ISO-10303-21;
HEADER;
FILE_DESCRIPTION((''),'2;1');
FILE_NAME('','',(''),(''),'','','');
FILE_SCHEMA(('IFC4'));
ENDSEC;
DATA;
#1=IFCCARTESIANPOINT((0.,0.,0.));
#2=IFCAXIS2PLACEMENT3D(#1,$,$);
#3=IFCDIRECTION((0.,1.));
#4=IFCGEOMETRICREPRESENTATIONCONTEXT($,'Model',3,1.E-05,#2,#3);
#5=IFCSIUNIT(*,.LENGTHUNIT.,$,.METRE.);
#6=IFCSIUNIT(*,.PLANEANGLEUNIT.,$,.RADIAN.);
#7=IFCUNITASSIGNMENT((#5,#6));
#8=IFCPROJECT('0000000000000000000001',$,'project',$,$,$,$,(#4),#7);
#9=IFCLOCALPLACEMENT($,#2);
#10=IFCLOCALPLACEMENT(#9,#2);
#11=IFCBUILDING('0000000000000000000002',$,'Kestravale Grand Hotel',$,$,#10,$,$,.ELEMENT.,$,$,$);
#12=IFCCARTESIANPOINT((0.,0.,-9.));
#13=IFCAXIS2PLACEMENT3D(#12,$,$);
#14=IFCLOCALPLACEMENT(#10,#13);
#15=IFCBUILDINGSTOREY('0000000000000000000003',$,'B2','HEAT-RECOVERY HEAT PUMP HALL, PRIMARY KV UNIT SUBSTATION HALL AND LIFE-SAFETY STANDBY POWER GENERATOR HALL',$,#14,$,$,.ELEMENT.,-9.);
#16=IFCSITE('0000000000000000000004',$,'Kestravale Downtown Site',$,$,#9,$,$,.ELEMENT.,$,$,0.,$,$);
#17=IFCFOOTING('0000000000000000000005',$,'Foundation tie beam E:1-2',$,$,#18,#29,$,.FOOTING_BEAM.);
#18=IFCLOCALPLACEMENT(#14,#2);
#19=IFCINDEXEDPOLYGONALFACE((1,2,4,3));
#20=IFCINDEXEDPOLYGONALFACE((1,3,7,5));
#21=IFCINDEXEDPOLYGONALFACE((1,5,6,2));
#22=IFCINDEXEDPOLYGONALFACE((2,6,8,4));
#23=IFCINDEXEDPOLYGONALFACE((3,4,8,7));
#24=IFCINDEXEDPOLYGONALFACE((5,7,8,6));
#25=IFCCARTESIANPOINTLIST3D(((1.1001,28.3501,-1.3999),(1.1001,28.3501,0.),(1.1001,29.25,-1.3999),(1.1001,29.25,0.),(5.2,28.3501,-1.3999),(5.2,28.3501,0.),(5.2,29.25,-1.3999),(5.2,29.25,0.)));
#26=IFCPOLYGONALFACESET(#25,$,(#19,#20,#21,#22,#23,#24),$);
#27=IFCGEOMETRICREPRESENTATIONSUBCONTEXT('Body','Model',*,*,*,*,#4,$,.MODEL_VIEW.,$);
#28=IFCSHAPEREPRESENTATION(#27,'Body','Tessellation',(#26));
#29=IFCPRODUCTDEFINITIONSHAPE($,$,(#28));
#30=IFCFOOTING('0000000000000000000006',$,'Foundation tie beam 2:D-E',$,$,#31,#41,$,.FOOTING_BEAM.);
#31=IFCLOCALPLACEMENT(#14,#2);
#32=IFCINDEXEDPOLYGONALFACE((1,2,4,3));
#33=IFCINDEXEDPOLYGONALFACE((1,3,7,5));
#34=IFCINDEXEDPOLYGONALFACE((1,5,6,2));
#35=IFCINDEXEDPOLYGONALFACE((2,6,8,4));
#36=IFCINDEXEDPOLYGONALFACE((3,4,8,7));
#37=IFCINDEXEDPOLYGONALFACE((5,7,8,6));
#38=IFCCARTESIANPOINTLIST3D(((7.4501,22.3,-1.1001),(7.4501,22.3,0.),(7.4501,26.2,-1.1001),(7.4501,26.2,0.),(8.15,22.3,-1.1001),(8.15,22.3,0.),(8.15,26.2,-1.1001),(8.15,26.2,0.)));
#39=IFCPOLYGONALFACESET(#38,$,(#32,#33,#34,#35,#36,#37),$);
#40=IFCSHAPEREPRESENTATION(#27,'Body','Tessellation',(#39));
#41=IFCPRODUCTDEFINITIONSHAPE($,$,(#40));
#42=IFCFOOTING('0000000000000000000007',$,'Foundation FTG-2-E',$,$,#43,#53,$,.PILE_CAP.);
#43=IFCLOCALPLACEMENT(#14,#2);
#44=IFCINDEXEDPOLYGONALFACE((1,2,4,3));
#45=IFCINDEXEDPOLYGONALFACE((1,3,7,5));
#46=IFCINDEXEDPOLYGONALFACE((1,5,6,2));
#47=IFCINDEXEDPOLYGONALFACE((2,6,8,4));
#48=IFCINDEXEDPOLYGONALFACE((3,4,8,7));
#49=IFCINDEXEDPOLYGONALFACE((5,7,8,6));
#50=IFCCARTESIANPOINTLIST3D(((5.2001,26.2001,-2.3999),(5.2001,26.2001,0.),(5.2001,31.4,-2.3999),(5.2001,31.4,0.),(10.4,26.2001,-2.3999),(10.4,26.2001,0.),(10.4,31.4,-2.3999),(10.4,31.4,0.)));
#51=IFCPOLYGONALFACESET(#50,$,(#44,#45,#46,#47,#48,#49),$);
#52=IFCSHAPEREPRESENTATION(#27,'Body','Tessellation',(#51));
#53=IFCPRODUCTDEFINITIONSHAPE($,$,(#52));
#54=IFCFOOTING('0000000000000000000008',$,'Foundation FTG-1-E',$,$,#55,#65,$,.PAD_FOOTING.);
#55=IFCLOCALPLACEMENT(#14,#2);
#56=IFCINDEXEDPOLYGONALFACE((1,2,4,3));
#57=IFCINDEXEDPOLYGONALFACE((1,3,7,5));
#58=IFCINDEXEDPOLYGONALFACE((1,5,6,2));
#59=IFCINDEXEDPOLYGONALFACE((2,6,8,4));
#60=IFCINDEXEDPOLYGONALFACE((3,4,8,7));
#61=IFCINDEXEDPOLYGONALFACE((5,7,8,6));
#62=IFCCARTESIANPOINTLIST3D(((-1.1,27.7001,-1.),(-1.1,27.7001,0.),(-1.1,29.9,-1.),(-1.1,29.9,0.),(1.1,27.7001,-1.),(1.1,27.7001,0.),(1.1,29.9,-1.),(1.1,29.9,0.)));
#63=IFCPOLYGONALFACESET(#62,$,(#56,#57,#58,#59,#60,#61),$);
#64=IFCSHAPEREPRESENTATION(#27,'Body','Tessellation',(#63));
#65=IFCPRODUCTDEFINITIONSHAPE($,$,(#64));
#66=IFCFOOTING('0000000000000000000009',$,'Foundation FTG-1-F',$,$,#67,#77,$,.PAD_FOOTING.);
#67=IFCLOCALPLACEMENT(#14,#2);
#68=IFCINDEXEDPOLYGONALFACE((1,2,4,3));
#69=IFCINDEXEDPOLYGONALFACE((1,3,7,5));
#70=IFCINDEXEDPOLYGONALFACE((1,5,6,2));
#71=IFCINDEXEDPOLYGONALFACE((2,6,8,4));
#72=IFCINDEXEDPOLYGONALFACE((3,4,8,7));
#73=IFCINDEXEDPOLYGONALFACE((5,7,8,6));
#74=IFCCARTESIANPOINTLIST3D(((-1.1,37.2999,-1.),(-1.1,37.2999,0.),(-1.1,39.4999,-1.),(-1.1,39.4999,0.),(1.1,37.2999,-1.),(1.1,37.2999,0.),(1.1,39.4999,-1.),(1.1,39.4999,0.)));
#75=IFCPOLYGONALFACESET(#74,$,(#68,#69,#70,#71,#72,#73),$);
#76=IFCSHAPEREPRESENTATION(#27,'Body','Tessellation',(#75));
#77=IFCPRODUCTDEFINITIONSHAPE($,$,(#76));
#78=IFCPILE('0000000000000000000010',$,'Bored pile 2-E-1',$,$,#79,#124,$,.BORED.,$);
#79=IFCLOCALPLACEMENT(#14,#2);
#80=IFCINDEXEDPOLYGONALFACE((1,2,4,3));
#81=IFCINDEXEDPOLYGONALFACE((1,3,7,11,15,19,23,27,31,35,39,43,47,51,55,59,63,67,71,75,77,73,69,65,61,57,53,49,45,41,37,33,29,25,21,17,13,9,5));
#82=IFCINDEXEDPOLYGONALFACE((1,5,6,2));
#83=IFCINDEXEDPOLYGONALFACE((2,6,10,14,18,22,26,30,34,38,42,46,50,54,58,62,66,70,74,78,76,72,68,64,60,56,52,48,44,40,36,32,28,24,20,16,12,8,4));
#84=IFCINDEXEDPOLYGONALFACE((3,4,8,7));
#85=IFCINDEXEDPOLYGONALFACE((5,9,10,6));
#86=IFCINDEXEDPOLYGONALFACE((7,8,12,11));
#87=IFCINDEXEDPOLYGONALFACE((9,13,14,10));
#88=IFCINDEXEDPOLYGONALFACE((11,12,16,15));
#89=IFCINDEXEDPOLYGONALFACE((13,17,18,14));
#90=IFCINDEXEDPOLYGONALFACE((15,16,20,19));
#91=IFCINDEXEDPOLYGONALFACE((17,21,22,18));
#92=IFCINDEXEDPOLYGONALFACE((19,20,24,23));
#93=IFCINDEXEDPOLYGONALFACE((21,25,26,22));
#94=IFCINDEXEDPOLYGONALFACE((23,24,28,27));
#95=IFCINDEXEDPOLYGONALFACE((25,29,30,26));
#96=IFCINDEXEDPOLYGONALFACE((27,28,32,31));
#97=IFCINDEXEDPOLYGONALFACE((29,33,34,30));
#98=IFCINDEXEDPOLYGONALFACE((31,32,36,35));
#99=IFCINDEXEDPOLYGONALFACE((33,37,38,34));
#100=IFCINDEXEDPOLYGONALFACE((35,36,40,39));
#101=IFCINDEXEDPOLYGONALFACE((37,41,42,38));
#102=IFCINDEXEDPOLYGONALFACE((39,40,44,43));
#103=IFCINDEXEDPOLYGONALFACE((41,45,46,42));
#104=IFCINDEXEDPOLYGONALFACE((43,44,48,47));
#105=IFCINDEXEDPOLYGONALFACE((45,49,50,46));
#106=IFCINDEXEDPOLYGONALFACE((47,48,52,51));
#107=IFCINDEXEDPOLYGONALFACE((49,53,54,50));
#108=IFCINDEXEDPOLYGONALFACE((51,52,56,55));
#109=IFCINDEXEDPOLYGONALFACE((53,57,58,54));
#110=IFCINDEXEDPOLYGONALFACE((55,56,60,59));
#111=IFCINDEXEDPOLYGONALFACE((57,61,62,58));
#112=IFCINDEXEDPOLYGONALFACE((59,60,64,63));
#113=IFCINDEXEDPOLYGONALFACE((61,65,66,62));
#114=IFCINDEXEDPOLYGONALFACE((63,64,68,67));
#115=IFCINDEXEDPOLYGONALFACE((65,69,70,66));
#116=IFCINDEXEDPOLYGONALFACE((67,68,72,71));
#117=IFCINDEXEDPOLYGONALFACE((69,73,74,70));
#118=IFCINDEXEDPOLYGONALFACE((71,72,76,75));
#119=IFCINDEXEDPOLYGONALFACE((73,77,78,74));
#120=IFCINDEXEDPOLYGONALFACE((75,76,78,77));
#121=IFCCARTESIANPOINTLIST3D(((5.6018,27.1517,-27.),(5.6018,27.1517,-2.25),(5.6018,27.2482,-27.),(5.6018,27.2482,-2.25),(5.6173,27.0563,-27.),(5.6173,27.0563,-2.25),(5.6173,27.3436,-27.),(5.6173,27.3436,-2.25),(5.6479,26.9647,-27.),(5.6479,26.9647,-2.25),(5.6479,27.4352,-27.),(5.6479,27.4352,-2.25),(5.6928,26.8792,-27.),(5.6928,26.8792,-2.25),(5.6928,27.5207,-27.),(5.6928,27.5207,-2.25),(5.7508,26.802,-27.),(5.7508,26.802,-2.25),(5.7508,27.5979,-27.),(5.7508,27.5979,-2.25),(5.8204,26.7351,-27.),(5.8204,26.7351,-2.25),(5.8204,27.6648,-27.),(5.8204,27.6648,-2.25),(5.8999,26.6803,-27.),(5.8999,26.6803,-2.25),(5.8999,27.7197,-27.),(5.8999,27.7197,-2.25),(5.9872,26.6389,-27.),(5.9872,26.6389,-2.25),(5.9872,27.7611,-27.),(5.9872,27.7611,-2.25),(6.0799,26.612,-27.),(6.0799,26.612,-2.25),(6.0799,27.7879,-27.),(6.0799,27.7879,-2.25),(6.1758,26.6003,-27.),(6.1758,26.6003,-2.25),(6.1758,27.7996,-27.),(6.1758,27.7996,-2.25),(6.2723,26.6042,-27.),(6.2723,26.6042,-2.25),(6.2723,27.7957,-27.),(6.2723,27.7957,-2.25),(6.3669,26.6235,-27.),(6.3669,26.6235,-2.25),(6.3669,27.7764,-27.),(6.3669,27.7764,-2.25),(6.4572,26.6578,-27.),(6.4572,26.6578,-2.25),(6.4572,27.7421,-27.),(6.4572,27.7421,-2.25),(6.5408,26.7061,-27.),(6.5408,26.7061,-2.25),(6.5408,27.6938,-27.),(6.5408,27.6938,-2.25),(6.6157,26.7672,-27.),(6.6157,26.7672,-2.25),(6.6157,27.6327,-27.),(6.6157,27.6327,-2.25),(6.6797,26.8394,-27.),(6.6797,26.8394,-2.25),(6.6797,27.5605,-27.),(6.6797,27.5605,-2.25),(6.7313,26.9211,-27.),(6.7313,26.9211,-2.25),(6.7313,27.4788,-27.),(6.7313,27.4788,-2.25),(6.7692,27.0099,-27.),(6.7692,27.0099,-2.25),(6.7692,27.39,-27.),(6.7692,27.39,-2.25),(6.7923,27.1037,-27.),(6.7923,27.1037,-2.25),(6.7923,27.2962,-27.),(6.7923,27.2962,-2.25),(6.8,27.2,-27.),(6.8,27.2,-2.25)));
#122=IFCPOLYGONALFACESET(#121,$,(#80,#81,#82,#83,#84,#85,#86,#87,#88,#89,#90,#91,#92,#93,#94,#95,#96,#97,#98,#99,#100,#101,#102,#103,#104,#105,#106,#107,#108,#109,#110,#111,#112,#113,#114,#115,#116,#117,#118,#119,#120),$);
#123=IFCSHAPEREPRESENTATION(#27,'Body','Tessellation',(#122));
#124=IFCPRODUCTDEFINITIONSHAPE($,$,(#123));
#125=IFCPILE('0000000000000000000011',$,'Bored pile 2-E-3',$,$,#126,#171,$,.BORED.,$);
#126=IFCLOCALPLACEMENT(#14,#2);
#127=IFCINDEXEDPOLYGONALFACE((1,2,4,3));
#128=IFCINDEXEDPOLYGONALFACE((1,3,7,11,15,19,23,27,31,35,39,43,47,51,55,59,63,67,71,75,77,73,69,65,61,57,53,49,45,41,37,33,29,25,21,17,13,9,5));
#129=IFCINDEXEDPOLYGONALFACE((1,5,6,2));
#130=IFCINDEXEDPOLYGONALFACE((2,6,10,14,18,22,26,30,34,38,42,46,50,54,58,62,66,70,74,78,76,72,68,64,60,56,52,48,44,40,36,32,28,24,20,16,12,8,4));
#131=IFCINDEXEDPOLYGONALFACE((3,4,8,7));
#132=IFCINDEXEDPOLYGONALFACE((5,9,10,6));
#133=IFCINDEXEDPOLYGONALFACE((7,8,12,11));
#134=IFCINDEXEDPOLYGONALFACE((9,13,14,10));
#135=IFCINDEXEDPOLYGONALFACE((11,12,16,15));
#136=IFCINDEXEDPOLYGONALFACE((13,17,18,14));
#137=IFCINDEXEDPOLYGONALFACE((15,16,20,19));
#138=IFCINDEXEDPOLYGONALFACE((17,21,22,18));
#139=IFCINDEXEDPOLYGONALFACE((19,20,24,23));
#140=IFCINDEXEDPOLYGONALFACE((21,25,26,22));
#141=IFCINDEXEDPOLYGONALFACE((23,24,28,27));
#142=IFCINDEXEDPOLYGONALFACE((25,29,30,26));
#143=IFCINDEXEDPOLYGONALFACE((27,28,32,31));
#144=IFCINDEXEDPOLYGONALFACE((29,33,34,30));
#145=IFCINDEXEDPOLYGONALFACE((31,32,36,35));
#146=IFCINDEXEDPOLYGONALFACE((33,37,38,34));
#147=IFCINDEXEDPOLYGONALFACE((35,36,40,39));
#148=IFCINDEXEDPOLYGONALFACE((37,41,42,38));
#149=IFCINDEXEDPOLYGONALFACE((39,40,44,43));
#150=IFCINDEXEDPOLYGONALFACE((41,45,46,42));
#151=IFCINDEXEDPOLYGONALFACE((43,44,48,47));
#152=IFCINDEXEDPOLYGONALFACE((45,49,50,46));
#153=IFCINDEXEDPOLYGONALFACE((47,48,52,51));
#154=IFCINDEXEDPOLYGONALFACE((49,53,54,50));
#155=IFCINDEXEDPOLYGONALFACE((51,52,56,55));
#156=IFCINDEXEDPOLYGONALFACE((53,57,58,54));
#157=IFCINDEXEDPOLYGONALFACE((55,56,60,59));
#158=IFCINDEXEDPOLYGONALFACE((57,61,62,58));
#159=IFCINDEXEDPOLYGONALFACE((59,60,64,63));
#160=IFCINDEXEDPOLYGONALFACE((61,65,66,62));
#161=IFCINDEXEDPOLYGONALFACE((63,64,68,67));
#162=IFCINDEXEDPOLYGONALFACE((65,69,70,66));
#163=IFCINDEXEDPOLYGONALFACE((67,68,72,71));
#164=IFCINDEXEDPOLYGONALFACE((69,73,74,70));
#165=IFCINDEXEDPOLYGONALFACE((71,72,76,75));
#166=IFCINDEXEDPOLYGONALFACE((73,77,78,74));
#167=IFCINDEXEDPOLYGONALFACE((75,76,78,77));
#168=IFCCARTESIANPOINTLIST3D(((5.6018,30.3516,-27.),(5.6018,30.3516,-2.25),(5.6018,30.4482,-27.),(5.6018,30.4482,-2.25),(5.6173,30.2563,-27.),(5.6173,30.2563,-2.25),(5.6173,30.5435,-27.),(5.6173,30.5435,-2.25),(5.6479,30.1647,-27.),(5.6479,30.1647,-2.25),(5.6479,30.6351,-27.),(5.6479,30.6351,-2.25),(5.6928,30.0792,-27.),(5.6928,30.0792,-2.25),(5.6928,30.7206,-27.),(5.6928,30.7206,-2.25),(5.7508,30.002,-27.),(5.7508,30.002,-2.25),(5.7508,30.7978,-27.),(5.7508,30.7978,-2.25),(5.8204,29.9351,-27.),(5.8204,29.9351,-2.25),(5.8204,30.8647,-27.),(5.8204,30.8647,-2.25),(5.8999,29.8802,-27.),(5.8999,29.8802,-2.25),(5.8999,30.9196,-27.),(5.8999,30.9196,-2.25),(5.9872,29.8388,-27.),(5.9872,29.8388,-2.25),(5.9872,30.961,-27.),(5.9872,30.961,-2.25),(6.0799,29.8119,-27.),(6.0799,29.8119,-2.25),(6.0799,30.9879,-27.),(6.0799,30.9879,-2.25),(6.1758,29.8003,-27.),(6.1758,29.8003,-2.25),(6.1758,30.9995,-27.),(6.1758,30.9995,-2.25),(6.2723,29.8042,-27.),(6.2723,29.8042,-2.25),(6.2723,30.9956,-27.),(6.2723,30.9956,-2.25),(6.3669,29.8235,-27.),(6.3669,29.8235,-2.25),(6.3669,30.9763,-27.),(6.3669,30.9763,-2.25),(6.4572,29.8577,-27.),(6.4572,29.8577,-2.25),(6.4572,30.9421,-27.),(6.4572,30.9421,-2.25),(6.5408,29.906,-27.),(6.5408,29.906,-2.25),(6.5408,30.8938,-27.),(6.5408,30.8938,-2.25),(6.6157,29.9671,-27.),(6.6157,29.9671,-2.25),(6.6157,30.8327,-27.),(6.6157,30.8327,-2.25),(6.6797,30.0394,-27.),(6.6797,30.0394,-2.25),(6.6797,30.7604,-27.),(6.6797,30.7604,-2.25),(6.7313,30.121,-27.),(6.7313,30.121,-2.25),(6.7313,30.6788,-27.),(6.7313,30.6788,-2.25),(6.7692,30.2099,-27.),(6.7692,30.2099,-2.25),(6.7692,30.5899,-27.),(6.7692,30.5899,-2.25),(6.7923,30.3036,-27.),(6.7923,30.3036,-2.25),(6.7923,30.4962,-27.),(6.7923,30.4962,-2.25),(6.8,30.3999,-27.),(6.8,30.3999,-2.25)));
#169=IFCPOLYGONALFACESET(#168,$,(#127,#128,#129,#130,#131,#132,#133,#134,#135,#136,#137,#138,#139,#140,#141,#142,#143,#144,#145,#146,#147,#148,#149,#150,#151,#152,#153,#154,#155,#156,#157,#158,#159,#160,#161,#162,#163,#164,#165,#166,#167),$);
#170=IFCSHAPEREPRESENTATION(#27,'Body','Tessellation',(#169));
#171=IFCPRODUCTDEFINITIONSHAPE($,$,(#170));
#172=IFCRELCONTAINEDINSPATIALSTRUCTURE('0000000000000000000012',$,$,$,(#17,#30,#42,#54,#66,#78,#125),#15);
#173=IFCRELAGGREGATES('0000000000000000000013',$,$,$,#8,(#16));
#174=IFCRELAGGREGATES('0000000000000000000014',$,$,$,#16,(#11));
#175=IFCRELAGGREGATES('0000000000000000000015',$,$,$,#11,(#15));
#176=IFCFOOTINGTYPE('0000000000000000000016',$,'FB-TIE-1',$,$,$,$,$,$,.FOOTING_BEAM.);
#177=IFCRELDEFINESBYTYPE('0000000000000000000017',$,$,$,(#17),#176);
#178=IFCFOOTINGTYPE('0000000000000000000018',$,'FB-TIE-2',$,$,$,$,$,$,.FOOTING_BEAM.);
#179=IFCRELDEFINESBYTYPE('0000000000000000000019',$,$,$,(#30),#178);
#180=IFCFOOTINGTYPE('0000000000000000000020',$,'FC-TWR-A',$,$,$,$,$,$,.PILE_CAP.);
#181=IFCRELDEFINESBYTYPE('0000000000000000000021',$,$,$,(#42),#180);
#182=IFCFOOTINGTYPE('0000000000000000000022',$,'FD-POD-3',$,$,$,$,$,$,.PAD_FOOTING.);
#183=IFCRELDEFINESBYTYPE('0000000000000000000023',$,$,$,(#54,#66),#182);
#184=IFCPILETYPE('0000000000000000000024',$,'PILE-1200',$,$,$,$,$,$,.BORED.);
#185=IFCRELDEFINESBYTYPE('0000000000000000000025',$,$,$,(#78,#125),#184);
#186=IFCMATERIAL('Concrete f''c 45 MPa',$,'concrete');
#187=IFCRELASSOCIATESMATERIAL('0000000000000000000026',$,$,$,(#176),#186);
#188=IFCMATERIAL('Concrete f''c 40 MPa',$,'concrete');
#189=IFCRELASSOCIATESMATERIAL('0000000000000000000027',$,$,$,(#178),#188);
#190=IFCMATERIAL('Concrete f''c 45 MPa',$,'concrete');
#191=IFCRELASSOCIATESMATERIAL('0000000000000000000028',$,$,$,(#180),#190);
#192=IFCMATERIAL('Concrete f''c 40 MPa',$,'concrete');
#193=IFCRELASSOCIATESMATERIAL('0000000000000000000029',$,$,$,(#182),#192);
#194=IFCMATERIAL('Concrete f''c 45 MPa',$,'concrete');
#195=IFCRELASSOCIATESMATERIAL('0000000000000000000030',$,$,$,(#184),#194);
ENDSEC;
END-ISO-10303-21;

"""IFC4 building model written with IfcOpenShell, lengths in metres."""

from ifc_helpers import new_model, si_unit, direction, frame, origin, origin_2d, place, context, subcontext, project, spatial, rectangle, circle, extrude, material, material_profile, profile_set, type_object, element, save


model = new_model("IFC4")

# Units and contexts
model_context = context("Model", 3, precision=1e-05, world=origin(), true_north=direction((0.0, 1.0)))
body_context = subcontext(model_context, "Body", "Model", "MODEL_VIEW")
ifc_project = project(units=[si_unit("LENGTHUNIT", "METRE"), si_unit("PLANEANGLEUNIT", "RADIAN")], contexts=[model_context])

# Site, building, storey
site_placement = place(None, origin())
site = spatial("IfcSite", under=ifc_project, at=site_placement, Name="Kestravale Downtown Site", CompositionType="ELEMENT", RefElevation=0.0)
building_placement = place(site_placement, origin())
building = spatial("IfcBuilding", under=site, at=building_placement, Name="Kestravale Grand Hotel", CompositionType="ELEMENT")
storey_placement = place(building_placement, frame((0.0, 0.0, -9.0)))
storey = spatial("IfcBuildingStorey", under=building, at=storey_placement, Name="B2", Description="HEAT-RECOVERY HEAT PUMP HALL, PRIMARY KV UNIT SUBSTATION HALL AND LIFE-SAFETY STANDBY POWER GENERATOR HALL", CompositionType="ELEMENT", Elevation=-9.0)

# Footings
ifc_material_1 = material(Name="Concrete f'c 45 MPa", Category="concrete")
ifc_material_profile_1 = material_profile(ifc_material_1, rectangle(XDim=0.8999, YDim=1.3999, at=origin_2d()))
ifc_profile_set_1 = profile_set([ifc_material_profile_1], Name="Concrete f'c 45 MPa")
footing_type_1 = type_object("IfcFootingType", Name="FB-TIE-1", PredefinedType="FOOTING_BEAM", material=ifc_profile_set_1)
footing_1_placement = place(storey_placement, frame((1.1001, 28.8, -0.7), z_axis=(1.0, 0.0, 0.0), x_axis=(0.0, 1.0, 0.0)))
element("IfcFooting", 1, at=footing_1_placement, inside=storey, type_object=footing_type_1, Name="Foundation tie beam E:1-2", PredefinedType="FOOTING_BEAM", context=body_context, shape_type="SweptSolid", body=[
    extrude(rectangle(XDim=0.8999, YDim=1.3999, at=origin_2d()), origin(), (0.0, 0.0, 1.0), 4.0999),
])
ifc_material_2 = material(Name="Concrete f'c 40 MPa", Category="concrete")
ifc_material_profile_2 = material_profile(ifc_material_2, rectangle(XDim=0.7, YDim=1.1001, at=origin_2d()))
ifc_profile_set_2 = profile_set([ifc_material_profile_2], Name="Concrete f'c 40 MPa")
footing_type_2 = type_object("IfcFootingType", Name="FB-TIE-2", PredefinedType="FOOTING_BEAM", material=ifc_profile_set_2)
footing_2_placement = place(storey_placement, frame((7.8, 22.3, -0.55), z_axis=(0.0, 1.0, 0.0), x_axis=(-1.0, 0.0, 0.0)))
element("IfcFooting", 2, at=footing_2_placement, inside=storey, type_object=footing_type_2, Name="Foundation tie beam 2:D-E", PredefinedType="FOOTING_BEAM", context=body_context, shape_type="SweptSolid", body=[
    extrude(rectangle(XDim=0.7, YDim=1.1001, at=origin_2d()), origin(), (0.0, 0.0, 1.0), 3.8999),
])
ifc_material_3 = material(Name="Concrete f'c 45 MPa", Category="concrete")
footing_type_3 = type_object("IfcFootingType", Name="FC-TWR-A", PredefinedType="PILE_CAP", material=ifc_material_3)
footing_3_placement = place(storey_placement, frame((7.8, 28.8, -2.3999), z_axis=(0.0, 0.0, 1.0), x_axis=(1.0, 0.0, 0.0)))
element("IfcFooting", 3, at=footing_3_placement, inside=storey, type_object=footing_type_3, Name="Foundation FTG-2-E", PredefinedType="PILE_CAP", context=body_context, shape_type="SweptSolid", body=[
    extrude(rectangle(XDim=5.2, YDim=5.2, at=origin_2d()), origin(), (0.0, 0.0, 1.0), 2.3999),
])
ifc_material_4 = material(Name="Concrete f'c 40 MPa", Category="concrete")
footing_type_4 = type_object("IfcFootingType", Name="FD-POD-3", PredefinedType="PAD_FOOTING", material=ifc_material_4)
for number, where, z_axis, x_axis, name in (
    (4, (0.0, 28.8, -1.0), (0.0, 0.0, 1.0), (1.0, 0.0, 0.0), "Foundation FTG-1-E"),
    (5, (0.0, 38.3999, -1.0), (0.0, 0.0, 1.0), (1.0, 0.0, 0.0), "Foundation FTG-1-F"),
):
    element("IfcFooting", number, at=place(storey_placement, frame(where, z_axis=z_axis, x_axis=x_axis)), inside=storey, type_object=footing_type_4, Name=name, PredefinedType="PAD_FOOTING", context=body_context, shape_type="SweptSolid", body=[
        extrude(rectangle(XDim=2.2, YDim=2.2, at=origin_2d()), origin(), (0.0, 0.0, 1.0), 1.0),
    ])

# Piles
ifc_material_5 = material(Name="Concrete f'c 45 MPa", Category="concrete")
ifc_material_profile_3 = material_profile(ifc_material_5, circle(Radius=0.6001, at=origin_2d()))
ifc_profile_set_3 = profile_set([ifc_material_profile_3], Name="Concrete f'c 45 MPa")
pile_type_1 = type_object("IfcPileType", Name="PILE-1200", PredefinedType="BORED", material=ifc_profile_set_3)
for number, where, z_axis, x_axis, name in (
    (6, (6.2, 27.2, -2.25), (0.0, 0.0, -1.0), (1.0, 0.0, 0.0), "Bored pile 2-E-1"),
    (7, (6.2, 30.3999, -2.25), (0.0, 0.0, -1.0), (1.0, 0.0, 0.0), "Bored pile 2-E-3"),
):
    element("IfcPile", number, at=place(storey_placement, frame(where, z_axis=z_axis, x_axis=x_axis)), inside=storey, type_object=pile_type_1, Name=name, PredefinedType="BORED", context=body_context, shape_type="SweptSolid", body=[
        extrude(circle(Radius=0.6001, at=origin_2d()), origin(), (0.0, 0.0, 1.0), 24.75),
    ])

save(model, "model.ifc")
